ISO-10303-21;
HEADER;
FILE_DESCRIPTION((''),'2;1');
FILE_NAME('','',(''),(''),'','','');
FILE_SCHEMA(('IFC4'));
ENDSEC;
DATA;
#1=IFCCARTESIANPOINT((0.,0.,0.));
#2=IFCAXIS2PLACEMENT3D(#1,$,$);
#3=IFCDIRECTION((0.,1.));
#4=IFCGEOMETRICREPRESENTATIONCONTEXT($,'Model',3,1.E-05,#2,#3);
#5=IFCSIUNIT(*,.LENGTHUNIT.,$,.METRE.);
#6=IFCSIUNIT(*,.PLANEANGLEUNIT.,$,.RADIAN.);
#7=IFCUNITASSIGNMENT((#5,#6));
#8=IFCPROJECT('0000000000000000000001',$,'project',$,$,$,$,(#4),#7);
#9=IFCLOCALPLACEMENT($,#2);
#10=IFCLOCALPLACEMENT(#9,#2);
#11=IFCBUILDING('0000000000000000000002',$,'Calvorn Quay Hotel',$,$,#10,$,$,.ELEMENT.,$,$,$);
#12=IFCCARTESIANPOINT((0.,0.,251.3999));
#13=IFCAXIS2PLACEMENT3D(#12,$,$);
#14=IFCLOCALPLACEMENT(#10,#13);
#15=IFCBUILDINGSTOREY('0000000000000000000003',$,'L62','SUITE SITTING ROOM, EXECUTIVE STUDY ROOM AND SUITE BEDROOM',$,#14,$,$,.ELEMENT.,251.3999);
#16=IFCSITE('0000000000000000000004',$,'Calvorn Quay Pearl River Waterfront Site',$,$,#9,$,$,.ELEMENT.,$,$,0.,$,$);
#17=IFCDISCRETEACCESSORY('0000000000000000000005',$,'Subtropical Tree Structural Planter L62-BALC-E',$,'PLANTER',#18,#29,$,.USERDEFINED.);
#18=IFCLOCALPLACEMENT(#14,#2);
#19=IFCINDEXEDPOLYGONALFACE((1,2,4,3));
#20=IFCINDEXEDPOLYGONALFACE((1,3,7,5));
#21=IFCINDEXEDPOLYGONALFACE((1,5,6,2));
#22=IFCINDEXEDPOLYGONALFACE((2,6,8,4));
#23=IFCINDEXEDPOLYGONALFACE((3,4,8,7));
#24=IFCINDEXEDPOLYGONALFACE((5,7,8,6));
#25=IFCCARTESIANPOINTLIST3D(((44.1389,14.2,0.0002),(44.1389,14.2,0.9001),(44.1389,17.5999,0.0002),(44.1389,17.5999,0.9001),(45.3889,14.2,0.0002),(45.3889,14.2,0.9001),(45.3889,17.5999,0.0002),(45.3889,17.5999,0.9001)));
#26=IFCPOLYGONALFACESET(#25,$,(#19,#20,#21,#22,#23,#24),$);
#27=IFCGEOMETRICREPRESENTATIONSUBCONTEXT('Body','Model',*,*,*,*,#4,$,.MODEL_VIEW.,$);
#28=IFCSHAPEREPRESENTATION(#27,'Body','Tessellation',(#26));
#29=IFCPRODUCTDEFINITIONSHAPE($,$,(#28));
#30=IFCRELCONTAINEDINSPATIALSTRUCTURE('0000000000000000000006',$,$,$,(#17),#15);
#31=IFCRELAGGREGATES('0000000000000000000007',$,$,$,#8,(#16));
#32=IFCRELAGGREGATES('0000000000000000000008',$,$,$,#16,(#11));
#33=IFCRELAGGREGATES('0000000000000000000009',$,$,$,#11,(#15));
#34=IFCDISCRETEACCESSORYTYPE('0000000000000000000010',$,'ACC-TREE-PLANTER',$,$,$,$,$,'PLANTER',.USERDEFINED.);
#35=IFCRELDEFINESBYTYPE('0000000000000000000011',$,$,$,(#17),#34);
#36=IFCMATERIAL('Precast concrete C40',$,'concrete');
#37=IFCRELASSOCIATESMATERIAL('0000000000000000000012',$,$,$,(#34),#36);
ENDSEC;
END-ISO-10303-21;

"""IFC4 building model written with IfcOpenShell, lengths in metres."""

from ifc_helpers import new_model, si_unit, direction, frame, origin, origin_2d, place, context, subcontext, project, spatial, rectangle, extrude, material, type_object, element, save


model = new_model("IFC4")

# Units and contexts
model_context = context("Model", 3, precision=1e-05, world=origin(), true_north=direction((0.0, 1.0)))
body_context = subcontext(model_context, "Body", "Model", "MODEL_VIEW")
ifc_project = project(units=[si_unit("LENGTHUNIT", "METRE"), si_unit("PLANEANGLEUNIT", "RADIAN")], contexts=[model_context])

# Site, building, storey
site_placement = place(None, origin())
site = spatial("IfcSite", under=ifc_project, at=site_placement, Name="Calvorn Quay Pearl River Waterfront Site", CompositionType="ELEMENT", RefElevation=0.0)
building_placement = place(site_placement, origin())
building = spatial("IfcBuilding", under=site, at=building_placement, Name="Calvorn Quay Hotel", CompositionType="ELEMENT")
storey_placement = place(building_placement, frame((0.0, 0.0, 251.3999)))
storey = spatial("IfcBuildingStorey", under=building, at=storey_placement, Name="L62", Description="SUITE SITTING ROOM, EXECUTIVE STUDY ROOM AND SUITE BEDROOM", CompositionType="ELEMENT", Elevation=251.3999)

# Discrete accessory
ifc_material_1 = material(Name="Precast concrete C40", Category="concrete")
discrete_accessory_type_1 = type_object("IfcDiscreteAccessoryType", Name="ACC-TREE-PLANTER", ElementType="PLANTER", PredefinedType="USERDEFINED", material=ifc_material_1)
discrete_accessory_1_placement = place(storey_placement, frame((44.7639, 15.8999, 0.0002), z_axis=(0.0, 0.0, 1.0), x_axis=(1.0, 0.0, 0.0)))
element("IfcDiscreteAccessory", 1, at=discrete_accessory_1_placement, inside=storey, type_object=discrete_accessory_type_1, Name="Subtropical Tree Structural Planter L62-BALC-E", ObjectType="PLANTER", PredefinedType="USERDEFINED", context=body_context, shape_type="SweptSolid", body=[
    extrude(rectangle(XDim=1.25, YDim=3.3999, at=origin_2d()), origin(), (0.0, 0.0, 1.0), 0.8999),
])

save(model, "model.ifc")
